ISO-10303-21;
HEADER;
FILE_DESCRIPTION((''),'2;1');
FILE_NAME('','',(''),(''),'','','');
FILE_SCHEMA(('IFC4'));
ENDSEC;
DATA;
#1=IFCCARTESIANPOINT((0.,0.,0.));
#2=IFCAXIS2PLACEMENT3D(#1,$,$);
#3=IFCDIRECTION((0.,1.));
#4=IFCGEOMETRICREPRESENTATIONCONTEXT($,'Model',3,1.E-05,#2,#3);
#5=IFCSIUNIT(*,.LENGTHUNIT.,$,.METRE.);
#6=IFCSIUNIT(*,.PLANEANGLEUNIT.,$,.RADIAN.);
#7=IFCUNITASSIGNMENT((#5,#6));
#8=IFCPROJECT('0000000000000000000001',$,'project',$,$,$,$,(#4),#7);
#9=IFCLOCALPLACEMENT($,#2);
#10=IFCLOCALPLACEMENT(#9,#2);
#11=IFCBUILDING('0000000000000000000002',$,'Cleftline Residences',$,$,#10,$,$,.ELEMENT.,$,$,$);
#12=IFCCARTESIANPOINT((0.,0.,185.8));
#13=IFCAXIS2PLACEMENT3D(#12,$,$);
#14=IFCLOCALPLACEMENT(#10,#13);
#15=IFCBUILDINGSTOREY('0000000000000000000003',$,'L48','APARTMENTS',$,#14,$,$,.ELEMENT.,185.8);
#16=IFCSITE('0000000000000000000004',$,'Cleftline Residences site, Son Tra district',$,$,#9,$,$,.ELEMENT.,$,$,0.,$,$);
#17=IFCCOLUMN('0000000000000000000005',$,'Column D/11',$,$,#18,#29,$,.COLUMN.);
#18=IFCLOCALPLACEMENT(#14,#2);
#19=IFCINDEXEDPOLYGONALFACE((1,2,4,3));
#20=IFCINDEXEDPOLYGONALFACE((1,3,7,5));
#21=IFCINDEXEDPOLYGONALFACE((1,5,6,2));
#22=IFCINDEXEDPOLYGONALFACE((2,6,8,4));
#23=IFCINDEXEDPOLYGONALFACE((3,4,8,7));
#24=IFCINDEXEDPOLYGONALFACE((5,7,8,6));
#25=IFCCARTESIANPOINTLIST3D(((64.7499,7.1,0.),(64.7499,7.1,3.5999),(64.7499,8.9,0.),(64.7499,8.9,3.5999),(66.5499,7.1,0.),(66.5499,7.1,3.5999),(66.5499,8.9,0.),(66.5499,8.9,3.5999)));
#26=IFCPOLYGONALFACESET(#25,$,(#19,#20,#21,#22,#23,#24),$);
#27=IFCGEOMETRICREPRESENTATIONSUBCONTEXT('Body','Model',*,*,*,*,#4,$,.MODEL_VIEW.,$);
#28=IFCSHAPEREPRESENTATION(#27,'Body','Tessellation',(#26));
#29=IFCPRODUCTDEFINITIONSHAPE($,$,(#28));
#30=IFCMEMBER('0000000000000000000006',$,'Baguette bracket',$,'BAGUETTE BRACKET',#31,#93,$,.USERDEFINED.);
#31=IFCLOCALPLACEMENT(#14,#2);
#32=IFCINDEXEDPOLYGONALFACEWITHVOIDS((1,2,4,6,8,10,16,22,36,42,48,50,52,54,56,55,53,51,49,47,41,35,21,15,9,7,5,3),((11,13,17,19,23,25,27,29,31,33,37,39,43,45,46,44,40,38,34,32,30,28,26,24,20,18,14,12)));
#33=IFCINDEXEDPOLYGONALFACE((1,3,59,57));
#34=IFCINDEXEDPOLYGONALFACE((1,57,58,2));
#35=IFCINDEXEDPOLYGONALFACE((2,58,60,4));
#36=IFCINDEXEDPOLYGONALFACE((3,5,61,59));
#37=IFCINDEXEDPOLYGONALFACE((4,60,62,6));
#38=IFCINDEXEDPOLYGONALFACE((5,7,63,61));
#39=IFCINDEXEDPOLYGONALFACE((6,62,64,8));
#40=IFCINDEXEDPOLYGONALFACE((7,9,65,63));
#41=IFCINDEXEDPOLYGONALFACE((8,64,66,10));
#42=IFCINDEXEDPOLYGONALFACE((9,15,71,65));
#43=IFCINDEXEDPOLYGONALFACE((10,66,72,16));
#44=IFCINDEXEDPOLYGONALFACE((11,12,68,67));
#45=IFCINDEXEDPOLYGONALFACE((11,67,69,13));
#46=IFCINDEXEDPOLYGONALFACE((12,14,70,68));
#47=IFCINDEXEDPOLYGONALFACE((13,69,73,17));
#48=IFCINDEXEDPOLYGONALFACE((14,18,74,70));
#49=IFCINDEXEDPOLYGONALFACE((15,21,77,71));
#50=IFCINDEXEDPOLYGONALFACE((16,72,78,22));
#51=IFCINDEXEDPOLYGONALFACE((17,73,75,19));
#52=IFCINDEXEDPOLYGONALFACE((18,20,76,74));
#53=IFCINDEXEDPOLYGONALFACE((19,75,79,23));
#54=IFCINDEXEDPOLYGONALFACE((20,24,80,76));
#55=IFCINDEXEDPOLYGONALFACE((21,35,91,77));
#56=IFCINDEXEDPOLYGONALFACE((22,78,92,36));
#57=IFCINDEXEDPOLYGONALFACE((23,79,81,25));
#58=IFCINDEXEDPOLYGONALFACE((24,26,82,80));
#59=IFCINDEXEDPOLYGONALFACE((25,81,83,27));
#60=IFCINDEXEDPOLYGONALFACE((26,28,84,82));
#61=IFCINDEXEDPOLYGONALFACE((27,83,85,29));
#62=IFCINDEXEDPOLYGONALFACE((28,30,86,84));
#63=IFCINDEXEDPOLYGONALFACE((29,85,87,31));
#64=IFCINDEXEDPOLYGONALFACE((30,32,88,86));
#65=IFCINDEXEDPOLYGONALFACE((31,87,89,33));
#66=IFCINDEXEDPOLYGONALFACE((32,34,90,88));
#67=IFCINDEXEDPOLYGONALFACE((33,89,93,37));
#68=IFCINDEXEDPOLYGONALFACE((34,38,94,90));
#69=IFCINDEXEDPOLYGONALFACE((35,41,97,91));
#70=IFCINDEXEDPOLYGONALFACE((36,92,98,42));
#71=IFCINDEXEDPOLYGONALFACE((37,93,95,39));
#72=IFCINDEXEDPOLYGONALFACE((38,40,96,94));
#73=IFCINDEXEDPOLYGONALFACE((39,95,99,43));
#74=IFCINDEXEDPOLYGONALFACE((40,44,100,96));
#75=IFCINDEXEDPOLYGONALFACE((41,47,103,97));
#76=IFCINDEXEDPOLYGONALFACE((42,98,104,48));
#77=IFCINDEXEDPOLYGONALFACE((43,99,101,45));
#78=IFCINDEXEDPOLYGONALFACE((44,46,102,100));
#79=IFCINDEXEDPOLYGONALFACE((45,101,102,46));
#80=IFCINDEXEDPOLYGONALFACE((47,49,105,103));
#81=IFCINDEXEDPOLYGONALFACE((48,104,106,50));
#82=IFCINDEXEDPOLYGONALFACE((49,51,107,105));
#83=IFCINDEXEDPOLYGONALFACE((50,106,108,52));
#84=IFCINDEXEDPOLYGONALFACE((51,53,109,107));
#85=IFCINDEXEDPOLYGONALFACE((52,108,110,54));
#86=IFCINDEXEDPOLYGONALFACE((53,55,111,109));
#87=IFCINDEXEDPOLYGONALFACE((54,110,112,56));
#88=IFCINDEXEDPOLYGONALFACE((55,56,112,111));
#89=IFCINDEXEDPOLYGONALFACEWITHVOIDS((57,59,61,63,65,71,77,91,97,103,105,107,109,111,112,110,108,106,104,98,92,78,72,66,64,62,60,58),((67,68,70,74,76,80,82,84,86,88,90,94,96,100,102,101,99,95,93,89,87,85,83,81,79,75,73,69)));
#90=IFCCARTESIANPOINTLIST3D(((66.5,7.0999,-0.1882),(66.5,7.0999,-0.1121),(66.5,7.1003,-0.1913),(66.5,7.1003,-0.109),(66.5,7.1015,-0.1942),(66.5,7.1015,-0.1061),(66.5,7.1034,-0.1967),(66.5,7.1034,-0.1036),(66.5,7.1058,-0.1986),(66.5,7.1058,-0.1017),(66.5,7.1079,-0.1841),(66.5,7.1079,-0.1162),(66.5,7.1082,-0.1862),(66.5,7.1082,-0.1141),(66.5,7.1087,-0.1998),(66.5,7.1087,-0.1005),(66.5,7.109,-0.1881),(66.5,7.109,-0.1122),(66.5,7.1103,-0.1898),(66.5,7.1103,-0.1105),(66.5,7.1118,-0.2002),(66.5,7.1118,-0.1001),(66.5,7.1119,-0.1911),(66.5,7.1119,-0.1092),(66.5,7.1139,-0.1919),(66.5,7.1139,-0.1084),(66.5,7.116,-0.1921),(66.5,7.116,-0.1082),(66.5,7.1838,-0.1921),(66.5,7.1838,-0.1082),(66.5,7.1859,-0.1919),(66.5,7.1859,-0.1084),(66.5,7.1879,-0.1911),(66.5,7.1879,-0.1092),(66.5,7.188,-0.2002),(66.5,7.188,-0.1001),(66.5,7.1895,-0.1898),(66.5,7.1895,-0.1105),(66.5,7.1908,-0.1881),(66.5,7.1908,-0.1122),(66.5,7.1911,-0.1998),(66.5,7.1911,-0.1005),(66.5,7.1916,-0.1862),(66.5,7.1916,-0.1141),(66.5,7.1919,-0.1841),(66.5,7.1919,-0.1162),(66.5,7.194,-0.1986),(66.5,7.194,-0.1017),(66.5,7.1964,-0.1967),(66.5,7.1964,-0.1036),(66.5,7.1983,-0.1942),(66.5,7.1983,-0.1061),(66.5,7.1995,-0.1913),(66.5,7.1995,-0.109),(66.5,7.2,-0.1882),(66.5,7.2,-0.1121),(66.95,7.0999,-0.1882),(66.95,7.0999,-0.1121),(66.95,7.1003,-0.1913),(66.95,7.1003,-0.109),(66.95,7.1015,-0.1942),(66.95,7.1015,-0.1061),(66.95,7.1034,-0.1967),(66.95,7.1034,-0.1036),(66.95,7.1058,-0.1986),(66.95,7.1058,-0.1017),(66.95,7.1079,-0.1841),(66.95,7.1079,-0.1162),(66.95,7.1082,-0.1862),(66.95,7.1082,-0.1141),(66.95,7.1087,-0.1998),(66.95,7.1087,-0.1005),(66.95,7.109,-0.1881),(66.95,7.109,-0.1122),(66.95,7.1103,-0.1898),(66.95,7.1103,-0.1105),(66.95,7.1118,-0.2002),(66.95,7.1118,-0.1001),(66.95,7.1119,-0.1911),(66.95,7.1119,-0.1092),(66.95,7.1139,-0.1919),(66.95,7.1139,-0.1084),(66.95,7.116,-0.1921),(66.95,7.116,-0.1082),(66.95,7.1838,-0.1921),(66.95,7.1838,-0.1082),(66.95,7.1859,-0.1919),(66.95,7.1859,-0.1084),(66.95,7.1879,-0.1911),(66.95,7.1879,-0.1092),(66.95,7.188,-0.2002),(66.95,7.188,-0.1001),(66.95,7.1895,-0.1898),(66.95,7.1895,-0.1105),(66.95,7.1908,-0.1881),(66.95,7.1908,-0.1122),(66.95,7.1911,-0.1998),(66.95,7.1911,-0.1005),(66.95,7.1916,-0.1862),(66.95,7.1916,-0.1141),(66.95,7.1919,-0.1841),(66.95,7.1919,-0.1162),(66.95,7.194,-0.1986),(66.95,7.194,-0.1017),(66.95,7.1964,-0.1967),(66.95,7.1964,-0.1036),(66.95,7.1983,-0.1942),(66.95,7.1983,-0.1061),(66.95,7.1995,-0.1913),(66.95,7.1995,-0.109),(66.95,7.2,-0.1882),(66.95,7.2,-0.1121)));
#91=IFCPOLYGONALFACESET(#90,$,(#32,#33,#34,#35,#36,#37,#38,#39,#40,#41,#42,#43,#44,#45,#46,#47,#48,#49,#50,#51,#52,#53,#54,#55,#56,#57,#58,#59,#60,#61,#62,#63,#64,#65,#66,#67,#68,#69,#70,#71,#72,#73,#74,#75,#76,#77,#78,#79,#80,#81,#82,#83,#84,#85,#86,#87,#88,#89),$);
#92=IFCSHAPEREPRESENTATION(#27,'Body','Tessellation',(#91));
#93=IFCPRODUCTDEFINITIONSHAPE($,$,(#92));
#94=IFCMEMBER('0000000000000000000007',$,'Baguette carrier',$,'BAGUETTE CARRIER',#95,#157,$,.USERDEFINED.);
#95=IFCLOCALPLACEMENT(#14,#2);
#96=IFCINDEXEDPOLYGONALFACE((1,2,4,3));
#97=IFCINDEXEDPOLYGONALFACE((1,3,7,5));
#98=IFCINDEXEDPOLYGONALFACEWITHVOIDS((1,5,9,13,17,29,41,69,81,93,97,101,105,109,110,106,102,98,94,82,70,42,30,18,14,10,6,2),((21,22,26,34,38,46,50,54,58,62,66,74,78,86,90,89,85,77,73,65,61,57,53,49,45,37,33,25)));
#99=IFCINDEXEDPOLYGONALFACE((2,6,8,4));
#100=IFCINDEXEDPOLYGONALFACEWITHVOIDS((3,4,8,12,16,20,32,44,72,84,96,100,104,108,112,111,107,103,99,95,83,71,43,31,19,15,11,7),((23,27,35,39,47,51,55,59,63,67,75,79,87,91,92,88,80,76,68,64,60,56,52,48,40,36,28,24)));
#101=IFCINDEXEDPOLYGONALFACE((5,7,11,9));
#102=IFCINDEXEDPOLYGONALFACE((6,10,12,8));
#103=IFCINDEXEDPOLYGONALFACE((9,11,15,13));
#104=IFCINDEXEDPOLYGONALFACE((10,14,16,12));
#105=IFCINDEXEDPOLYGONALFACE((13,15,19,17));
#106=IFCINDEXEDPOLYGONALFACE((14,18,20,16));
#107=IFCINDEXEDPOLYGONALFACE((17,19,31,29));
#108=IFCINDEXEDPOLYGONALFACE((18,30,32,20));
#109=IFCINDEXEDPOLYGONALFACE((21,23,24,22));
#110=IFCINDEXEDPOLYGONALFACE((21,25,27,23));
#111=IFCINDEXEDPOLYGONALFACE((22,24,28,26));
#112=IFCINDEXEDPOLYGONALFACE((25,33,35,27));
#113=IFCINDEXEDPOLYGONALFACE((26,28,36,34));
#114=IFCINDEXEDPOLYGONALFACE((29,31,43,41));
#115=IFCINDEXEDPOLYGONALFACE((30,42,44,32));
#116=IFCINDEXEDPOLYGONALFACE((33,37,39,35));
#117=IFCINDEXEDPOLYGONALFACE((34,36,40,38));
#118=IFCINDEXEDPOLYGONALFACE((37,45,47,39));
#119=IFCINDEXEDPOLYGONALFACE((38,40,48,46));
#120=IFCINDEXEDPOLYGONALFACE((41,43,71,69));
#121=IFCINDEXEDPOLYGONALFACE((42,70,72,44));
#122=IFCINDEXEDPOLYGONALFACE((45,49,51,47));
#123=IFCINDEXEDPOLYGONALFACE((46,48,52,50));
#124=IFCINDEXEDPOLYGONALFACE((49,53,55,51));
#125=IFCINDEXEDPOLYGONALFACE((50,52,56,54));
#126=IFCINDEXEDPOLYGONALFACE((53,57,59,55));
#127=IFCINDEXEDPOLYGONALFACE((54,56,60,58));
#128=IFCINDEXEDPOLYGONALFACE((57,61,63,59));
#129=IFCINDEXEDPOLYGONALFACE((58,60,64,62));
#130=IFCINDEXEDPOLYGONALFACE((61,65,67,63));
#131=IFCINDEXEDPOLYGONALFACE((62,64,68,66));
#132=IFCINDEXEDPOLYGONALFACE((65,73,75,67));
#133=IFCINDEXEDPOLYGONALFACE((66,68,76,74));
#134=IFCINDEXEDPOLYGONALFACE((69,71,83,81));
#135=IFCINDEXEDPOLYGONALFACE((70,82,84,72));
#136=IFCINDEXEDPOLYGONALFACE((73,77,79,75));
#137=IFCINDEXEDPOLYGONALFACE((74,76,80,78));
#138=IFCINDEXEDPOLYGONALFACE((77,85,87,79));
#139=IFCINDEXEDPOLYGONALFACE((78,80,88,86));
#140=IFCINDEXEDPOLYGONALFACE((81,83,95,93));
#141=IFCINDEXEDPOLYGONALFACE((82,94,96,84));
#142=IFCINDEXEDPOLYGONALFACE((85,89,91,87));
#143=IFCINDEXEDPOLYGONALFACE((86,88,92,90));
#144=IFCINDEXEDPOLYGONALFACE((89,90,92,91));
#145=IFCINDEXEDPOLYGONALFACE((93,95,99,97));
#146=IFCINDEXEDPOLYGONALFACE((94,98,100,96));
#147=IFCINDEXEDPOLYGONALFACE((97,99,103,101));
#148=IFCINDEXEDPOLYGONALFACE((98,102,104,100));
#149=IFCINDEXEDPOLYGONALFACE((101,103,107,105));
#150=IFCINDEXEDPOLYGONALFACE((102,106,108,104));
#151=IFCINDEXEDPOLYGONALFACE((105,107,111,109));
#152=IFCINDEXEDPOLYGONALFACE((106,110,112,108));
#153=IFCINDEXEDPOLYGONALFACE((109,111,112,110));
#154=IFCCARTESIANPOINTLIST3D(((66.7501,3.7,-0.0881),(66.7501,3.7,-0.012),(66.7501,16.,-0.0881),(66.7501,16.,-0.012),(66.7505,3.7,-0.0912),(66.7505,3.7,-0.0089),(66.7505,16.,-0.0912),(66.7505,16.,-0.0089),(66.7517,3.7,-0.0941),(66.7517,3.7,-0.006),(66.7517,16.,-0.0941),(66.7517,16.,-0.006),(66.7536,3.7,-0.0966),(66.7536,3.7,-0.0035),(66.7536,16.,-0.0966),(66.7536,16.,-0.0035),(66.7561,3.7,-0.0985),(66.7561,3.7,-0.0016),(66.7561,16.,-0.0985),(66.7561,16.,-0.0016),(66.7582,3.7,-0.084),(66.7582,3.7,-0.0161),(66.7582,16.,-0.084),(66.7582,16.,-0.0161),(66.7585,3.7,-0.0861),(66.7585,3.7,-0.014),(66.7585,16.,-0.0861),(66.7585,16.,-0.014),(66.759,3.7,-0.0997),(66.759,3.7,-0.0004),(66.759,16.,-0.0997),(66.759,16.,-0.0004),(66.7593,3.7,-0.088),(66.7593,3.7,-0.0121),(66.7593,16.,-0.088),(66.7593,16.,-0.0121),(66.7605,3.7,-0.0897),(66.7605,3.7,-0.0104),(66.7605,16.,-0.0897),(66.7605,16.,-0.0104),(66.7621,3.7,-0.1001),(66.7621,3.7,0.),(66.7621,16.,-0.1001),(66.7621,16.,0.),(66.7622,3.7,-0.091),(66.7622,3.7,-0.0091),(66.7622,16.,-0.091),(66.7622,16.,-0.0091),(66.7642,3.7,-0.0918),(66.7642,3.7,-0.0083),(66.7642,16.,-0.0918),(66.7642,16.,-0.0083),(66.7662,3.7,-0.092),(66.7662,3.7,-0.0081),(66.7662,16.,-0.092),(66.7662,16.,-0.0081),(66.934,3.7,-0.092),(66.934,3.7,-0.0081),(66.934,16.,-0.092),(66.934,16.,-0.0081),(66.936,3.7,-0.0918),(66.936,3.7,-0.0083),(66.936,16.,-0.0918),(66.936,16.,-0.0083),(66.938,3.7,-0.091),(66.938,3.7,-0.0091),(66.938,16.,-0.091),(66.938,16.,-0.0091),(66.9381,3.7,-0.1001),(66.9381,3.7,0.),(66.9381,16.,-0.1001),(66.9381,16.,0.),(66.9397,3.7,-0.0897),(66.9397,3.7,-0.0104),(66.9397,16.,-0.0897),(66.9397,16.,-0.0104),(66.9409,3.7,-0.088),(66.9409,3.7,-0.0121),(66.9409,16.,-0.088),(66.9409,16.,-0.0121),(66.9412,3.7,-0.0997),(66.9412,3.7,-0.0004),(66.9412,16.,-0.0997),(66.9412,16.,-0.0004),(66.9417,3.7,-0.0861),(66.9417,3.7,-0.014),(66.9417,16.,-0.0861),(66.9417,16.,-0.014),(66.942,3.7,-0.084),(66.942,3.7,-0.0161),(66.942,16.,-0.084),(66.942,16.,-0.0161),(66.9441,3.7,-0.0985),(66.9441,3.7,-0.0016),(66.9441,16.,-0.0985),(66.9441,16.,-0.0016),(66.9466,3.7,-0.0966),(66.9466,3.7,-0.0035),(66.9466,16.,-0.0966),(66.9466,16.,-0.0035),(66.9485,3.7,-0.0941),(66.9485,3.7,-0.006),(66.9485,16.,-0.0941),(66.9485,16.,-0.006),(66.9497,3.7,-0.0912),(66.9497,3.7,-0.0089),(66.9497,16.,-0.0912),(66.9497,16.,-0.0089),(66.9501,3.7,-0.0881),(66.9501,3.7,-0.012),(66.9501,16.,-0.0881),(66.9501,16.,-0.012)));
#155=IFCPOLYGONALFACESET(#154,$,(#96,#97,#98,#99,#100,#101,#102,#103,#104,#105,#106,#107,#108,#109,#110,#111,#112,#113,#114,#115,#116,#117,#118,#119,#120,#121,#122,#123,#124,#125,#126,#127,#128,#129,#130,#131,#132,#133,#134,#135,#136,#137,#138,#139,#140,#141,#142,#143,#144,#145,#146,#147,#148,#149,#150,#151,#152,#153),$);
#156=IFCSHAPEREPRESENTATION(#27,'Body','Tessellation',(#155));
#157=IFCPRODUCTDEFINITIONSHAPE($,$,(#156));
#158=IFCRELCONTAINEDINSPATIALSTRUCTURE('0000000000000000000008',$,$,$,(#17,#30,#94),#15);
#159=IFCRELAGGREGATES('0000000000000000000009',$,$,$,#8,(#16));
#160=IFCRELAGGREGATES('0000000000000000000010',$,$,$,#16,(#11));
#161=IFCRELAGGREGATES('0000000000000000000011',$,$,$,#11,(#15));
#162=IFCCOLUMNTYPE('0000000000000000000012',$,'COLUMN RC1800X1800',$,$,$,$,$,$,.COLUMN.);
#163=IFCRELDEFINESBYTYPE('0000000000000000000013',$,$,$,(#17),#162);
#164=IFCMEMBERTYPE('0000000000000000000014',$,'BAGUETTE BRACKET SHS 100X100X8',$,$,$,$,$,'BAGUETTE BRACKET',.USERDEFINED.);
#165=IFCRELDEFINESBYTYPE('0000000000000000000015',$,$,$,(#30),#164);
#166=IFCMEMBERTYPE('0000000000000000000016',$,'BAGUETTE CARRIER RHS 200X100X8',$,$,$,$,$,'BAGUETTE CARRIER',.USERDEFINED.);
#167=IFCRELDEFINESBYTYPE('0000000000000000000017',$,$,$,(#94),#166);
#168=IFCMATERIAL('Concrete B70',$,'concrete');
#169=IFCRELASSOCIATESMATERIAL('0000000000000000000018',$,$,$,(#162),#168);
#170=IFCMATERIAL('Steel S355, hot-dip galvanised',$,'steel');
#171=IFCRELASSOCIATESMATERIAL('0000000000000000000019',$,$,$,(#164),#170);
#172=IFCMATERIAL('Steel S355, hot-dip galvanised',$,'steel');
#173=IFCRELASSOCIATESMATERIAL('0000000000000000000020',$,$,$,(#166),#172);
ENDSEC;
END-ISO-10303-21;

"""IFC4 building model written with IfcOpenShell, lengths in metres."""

from ifc_helpers import new_model, si_unit, direction, frame, origin, origin_2d, place, context, subcontext, project, spatial, rectangle, hollow_rectangle, extrude, material, material_profile, profile_set, type_object, element, save


model = new_model("IFC4")

# Units and contexts
model_context = context("Model", 3, precision=1e-05, world=origin(), true_north=direction((0.0, 1.0)))
body_context = subcontext(model_context, "Body", "Model", "MODEL_VIEW")
ifc_project = project(units=[si_unit("LENGTHUNIT", "METRE"), si_unit("PLANEANGLEUNIT", "RADIAN")], contexts=[model_context])

# Site, building, storey
site_placement = place(None, origin())
site = spatial("IfcSite", under=ifc_project, at=site_placement, Name="Cleftline Residences site, Son Tra district", CompositionType="ELEMENT", RefElevation=0.0)
building_placement = place(site_placement, origin())
building = spatial("IfcBuilding", under=site, at=building_placement, Name="Cleftline Residences", CompositionType="ELEMENT")
storey_placement = place(building_placement, frame((0.0, 0.0, 185.8)))
storey = spatial("IfcBuildingStorey", under=building, at=storey_placement, Name="L48", Description="APARTMENTS", CompositionType="ELEMENT", Elevation=185.8)

# Column
ifc_material_1 = material(Name="Concrete B70", Category="concrete")
ifc_material_profile_1 = material_profile(ifc_material_1, rectangle(XDim=1.8, YDim=1.8, at=origin_2d()))
ifc_profile_set_1 = profile_set([ifc_material_profile_1], Name="Concrete B70")
column_type = type_object("IfcColumnType", Name="COLUMN RC1800X1800", PredefinedType="COLUMN", material=ifc_profile_set_1)
column_placement = place(storey_placement, frame((65.6499, 8.0, 0.0), z_axis=(0.0, 0.0, 1.0), x_axis=(1.0, 0.0, 0.0)))
element("IfcColumn", 1, at=column_placement, inside=storey, type_object=column_type, Name="Column D/11", PredefinedType="COLUMN", context=body_context, shape_type="SweptSolid", body=[
    extrude(rectangle(XDim=1.8, YDim=1.8, at=origin_2d()), origin(), (0.0, 0.0, 1.0), 3.5999),
])

# Members
ifc_material_2 = material(Name="Steel S355, hot-dip galvanised", Category="steel")
ifc_material_profile_2 = material_profile(ifc_material_2, hollow_rectangle(XDim=0.1001, YDim=0.1001, WallThickness=0.0081, InnerFilletRadius=0.0081, OuterFilletRadius=0.012, at=origin_2d()))
ifc_profile_set_2 = profile_set([ifc_material_profile_2], Name="Steel S355, hot-dip galvanised")
member_type_1 = type_object("IfcMemberType", Name="BAGUETTE BRACKET SHS 100X100X8", ElementType="BAGUETTE BRACKET", PredefinedType="USERDEFINED", material=ifc_profile_set_2)
member_1_placement = place(storey_placement, frame((66.5, 7.1499, -0.1501), z_axis=(1.0, 0.0, 0.0), x_axis=(0.0, 1.0, 0.0)))
element("IfcMember", 2, at=member_1_placement, inside=storey, type_object=member_type_1, Name="Baguette bracket", ObjectType="BAGUETTE BRACKET", PredefinedType="USERDEFINED", context=body_context, shape_type="SweptSolid", body=[
    extrude(hollow_rectangle(XDim=0.1001, YDim=0.1001, WallThickness=0.0081, InnerFilletRadius=0.0081, OuterFilletRadius=0.012, at=origin_2d()), origin(), (0.0, 0.0, 1.0), 0.45),
])
ifc_material_3 = material(Name="Steel S355, hot-dip galvanised", Category="steel")
ifc_material_profile_3 = material_profile(ifc_material_3, hollow_rectangle(XDim=0.1001, YDim=0.2, WallThickness=0.0081, InnerFilletRadius=0.0081, OuterFilletRadius=0.012, at=origin_2d()))
ifc_profile_set_3 = profile_set([ifc_material_profile_3], Name="Steel S355, hot-dip galvanised")
member_type_2 = type_object("IfcMemberType", Name="BAGUETTE CARRIER RHS 200X100X8", ElementType="BAGUETTE CARRIER", PredefinedType="USERDEFINED", material=ifc_profile_set_3)
member_2_placement = place(storey_placement, frame((66.8501, 3.7, -0.05), z_axis=(0.0, 1.0, 0.0), x_axis=(0.0, 0.0, 1.0)))
element("IfcMember", 3, at=member_2_placement, inside=storey, type_object=member_type_2, Name="Baguette carrier", ObjectType="BAGUETTE CARRIER", PredefinedType="USERDEFINED", context=body_context, shape_type="SweptSolid", body=[
    extrude(hollow_rectangle(XDim=0.1001, YDim=0.2, WallThickness=0.0081, InnerFilletRadius=0.0081, OuterFilletRadius=0.012, at=origin_2d()), origin(), (0.0, 0.0, 1.0), 12.3),
])

save(model, "model.ifc")
